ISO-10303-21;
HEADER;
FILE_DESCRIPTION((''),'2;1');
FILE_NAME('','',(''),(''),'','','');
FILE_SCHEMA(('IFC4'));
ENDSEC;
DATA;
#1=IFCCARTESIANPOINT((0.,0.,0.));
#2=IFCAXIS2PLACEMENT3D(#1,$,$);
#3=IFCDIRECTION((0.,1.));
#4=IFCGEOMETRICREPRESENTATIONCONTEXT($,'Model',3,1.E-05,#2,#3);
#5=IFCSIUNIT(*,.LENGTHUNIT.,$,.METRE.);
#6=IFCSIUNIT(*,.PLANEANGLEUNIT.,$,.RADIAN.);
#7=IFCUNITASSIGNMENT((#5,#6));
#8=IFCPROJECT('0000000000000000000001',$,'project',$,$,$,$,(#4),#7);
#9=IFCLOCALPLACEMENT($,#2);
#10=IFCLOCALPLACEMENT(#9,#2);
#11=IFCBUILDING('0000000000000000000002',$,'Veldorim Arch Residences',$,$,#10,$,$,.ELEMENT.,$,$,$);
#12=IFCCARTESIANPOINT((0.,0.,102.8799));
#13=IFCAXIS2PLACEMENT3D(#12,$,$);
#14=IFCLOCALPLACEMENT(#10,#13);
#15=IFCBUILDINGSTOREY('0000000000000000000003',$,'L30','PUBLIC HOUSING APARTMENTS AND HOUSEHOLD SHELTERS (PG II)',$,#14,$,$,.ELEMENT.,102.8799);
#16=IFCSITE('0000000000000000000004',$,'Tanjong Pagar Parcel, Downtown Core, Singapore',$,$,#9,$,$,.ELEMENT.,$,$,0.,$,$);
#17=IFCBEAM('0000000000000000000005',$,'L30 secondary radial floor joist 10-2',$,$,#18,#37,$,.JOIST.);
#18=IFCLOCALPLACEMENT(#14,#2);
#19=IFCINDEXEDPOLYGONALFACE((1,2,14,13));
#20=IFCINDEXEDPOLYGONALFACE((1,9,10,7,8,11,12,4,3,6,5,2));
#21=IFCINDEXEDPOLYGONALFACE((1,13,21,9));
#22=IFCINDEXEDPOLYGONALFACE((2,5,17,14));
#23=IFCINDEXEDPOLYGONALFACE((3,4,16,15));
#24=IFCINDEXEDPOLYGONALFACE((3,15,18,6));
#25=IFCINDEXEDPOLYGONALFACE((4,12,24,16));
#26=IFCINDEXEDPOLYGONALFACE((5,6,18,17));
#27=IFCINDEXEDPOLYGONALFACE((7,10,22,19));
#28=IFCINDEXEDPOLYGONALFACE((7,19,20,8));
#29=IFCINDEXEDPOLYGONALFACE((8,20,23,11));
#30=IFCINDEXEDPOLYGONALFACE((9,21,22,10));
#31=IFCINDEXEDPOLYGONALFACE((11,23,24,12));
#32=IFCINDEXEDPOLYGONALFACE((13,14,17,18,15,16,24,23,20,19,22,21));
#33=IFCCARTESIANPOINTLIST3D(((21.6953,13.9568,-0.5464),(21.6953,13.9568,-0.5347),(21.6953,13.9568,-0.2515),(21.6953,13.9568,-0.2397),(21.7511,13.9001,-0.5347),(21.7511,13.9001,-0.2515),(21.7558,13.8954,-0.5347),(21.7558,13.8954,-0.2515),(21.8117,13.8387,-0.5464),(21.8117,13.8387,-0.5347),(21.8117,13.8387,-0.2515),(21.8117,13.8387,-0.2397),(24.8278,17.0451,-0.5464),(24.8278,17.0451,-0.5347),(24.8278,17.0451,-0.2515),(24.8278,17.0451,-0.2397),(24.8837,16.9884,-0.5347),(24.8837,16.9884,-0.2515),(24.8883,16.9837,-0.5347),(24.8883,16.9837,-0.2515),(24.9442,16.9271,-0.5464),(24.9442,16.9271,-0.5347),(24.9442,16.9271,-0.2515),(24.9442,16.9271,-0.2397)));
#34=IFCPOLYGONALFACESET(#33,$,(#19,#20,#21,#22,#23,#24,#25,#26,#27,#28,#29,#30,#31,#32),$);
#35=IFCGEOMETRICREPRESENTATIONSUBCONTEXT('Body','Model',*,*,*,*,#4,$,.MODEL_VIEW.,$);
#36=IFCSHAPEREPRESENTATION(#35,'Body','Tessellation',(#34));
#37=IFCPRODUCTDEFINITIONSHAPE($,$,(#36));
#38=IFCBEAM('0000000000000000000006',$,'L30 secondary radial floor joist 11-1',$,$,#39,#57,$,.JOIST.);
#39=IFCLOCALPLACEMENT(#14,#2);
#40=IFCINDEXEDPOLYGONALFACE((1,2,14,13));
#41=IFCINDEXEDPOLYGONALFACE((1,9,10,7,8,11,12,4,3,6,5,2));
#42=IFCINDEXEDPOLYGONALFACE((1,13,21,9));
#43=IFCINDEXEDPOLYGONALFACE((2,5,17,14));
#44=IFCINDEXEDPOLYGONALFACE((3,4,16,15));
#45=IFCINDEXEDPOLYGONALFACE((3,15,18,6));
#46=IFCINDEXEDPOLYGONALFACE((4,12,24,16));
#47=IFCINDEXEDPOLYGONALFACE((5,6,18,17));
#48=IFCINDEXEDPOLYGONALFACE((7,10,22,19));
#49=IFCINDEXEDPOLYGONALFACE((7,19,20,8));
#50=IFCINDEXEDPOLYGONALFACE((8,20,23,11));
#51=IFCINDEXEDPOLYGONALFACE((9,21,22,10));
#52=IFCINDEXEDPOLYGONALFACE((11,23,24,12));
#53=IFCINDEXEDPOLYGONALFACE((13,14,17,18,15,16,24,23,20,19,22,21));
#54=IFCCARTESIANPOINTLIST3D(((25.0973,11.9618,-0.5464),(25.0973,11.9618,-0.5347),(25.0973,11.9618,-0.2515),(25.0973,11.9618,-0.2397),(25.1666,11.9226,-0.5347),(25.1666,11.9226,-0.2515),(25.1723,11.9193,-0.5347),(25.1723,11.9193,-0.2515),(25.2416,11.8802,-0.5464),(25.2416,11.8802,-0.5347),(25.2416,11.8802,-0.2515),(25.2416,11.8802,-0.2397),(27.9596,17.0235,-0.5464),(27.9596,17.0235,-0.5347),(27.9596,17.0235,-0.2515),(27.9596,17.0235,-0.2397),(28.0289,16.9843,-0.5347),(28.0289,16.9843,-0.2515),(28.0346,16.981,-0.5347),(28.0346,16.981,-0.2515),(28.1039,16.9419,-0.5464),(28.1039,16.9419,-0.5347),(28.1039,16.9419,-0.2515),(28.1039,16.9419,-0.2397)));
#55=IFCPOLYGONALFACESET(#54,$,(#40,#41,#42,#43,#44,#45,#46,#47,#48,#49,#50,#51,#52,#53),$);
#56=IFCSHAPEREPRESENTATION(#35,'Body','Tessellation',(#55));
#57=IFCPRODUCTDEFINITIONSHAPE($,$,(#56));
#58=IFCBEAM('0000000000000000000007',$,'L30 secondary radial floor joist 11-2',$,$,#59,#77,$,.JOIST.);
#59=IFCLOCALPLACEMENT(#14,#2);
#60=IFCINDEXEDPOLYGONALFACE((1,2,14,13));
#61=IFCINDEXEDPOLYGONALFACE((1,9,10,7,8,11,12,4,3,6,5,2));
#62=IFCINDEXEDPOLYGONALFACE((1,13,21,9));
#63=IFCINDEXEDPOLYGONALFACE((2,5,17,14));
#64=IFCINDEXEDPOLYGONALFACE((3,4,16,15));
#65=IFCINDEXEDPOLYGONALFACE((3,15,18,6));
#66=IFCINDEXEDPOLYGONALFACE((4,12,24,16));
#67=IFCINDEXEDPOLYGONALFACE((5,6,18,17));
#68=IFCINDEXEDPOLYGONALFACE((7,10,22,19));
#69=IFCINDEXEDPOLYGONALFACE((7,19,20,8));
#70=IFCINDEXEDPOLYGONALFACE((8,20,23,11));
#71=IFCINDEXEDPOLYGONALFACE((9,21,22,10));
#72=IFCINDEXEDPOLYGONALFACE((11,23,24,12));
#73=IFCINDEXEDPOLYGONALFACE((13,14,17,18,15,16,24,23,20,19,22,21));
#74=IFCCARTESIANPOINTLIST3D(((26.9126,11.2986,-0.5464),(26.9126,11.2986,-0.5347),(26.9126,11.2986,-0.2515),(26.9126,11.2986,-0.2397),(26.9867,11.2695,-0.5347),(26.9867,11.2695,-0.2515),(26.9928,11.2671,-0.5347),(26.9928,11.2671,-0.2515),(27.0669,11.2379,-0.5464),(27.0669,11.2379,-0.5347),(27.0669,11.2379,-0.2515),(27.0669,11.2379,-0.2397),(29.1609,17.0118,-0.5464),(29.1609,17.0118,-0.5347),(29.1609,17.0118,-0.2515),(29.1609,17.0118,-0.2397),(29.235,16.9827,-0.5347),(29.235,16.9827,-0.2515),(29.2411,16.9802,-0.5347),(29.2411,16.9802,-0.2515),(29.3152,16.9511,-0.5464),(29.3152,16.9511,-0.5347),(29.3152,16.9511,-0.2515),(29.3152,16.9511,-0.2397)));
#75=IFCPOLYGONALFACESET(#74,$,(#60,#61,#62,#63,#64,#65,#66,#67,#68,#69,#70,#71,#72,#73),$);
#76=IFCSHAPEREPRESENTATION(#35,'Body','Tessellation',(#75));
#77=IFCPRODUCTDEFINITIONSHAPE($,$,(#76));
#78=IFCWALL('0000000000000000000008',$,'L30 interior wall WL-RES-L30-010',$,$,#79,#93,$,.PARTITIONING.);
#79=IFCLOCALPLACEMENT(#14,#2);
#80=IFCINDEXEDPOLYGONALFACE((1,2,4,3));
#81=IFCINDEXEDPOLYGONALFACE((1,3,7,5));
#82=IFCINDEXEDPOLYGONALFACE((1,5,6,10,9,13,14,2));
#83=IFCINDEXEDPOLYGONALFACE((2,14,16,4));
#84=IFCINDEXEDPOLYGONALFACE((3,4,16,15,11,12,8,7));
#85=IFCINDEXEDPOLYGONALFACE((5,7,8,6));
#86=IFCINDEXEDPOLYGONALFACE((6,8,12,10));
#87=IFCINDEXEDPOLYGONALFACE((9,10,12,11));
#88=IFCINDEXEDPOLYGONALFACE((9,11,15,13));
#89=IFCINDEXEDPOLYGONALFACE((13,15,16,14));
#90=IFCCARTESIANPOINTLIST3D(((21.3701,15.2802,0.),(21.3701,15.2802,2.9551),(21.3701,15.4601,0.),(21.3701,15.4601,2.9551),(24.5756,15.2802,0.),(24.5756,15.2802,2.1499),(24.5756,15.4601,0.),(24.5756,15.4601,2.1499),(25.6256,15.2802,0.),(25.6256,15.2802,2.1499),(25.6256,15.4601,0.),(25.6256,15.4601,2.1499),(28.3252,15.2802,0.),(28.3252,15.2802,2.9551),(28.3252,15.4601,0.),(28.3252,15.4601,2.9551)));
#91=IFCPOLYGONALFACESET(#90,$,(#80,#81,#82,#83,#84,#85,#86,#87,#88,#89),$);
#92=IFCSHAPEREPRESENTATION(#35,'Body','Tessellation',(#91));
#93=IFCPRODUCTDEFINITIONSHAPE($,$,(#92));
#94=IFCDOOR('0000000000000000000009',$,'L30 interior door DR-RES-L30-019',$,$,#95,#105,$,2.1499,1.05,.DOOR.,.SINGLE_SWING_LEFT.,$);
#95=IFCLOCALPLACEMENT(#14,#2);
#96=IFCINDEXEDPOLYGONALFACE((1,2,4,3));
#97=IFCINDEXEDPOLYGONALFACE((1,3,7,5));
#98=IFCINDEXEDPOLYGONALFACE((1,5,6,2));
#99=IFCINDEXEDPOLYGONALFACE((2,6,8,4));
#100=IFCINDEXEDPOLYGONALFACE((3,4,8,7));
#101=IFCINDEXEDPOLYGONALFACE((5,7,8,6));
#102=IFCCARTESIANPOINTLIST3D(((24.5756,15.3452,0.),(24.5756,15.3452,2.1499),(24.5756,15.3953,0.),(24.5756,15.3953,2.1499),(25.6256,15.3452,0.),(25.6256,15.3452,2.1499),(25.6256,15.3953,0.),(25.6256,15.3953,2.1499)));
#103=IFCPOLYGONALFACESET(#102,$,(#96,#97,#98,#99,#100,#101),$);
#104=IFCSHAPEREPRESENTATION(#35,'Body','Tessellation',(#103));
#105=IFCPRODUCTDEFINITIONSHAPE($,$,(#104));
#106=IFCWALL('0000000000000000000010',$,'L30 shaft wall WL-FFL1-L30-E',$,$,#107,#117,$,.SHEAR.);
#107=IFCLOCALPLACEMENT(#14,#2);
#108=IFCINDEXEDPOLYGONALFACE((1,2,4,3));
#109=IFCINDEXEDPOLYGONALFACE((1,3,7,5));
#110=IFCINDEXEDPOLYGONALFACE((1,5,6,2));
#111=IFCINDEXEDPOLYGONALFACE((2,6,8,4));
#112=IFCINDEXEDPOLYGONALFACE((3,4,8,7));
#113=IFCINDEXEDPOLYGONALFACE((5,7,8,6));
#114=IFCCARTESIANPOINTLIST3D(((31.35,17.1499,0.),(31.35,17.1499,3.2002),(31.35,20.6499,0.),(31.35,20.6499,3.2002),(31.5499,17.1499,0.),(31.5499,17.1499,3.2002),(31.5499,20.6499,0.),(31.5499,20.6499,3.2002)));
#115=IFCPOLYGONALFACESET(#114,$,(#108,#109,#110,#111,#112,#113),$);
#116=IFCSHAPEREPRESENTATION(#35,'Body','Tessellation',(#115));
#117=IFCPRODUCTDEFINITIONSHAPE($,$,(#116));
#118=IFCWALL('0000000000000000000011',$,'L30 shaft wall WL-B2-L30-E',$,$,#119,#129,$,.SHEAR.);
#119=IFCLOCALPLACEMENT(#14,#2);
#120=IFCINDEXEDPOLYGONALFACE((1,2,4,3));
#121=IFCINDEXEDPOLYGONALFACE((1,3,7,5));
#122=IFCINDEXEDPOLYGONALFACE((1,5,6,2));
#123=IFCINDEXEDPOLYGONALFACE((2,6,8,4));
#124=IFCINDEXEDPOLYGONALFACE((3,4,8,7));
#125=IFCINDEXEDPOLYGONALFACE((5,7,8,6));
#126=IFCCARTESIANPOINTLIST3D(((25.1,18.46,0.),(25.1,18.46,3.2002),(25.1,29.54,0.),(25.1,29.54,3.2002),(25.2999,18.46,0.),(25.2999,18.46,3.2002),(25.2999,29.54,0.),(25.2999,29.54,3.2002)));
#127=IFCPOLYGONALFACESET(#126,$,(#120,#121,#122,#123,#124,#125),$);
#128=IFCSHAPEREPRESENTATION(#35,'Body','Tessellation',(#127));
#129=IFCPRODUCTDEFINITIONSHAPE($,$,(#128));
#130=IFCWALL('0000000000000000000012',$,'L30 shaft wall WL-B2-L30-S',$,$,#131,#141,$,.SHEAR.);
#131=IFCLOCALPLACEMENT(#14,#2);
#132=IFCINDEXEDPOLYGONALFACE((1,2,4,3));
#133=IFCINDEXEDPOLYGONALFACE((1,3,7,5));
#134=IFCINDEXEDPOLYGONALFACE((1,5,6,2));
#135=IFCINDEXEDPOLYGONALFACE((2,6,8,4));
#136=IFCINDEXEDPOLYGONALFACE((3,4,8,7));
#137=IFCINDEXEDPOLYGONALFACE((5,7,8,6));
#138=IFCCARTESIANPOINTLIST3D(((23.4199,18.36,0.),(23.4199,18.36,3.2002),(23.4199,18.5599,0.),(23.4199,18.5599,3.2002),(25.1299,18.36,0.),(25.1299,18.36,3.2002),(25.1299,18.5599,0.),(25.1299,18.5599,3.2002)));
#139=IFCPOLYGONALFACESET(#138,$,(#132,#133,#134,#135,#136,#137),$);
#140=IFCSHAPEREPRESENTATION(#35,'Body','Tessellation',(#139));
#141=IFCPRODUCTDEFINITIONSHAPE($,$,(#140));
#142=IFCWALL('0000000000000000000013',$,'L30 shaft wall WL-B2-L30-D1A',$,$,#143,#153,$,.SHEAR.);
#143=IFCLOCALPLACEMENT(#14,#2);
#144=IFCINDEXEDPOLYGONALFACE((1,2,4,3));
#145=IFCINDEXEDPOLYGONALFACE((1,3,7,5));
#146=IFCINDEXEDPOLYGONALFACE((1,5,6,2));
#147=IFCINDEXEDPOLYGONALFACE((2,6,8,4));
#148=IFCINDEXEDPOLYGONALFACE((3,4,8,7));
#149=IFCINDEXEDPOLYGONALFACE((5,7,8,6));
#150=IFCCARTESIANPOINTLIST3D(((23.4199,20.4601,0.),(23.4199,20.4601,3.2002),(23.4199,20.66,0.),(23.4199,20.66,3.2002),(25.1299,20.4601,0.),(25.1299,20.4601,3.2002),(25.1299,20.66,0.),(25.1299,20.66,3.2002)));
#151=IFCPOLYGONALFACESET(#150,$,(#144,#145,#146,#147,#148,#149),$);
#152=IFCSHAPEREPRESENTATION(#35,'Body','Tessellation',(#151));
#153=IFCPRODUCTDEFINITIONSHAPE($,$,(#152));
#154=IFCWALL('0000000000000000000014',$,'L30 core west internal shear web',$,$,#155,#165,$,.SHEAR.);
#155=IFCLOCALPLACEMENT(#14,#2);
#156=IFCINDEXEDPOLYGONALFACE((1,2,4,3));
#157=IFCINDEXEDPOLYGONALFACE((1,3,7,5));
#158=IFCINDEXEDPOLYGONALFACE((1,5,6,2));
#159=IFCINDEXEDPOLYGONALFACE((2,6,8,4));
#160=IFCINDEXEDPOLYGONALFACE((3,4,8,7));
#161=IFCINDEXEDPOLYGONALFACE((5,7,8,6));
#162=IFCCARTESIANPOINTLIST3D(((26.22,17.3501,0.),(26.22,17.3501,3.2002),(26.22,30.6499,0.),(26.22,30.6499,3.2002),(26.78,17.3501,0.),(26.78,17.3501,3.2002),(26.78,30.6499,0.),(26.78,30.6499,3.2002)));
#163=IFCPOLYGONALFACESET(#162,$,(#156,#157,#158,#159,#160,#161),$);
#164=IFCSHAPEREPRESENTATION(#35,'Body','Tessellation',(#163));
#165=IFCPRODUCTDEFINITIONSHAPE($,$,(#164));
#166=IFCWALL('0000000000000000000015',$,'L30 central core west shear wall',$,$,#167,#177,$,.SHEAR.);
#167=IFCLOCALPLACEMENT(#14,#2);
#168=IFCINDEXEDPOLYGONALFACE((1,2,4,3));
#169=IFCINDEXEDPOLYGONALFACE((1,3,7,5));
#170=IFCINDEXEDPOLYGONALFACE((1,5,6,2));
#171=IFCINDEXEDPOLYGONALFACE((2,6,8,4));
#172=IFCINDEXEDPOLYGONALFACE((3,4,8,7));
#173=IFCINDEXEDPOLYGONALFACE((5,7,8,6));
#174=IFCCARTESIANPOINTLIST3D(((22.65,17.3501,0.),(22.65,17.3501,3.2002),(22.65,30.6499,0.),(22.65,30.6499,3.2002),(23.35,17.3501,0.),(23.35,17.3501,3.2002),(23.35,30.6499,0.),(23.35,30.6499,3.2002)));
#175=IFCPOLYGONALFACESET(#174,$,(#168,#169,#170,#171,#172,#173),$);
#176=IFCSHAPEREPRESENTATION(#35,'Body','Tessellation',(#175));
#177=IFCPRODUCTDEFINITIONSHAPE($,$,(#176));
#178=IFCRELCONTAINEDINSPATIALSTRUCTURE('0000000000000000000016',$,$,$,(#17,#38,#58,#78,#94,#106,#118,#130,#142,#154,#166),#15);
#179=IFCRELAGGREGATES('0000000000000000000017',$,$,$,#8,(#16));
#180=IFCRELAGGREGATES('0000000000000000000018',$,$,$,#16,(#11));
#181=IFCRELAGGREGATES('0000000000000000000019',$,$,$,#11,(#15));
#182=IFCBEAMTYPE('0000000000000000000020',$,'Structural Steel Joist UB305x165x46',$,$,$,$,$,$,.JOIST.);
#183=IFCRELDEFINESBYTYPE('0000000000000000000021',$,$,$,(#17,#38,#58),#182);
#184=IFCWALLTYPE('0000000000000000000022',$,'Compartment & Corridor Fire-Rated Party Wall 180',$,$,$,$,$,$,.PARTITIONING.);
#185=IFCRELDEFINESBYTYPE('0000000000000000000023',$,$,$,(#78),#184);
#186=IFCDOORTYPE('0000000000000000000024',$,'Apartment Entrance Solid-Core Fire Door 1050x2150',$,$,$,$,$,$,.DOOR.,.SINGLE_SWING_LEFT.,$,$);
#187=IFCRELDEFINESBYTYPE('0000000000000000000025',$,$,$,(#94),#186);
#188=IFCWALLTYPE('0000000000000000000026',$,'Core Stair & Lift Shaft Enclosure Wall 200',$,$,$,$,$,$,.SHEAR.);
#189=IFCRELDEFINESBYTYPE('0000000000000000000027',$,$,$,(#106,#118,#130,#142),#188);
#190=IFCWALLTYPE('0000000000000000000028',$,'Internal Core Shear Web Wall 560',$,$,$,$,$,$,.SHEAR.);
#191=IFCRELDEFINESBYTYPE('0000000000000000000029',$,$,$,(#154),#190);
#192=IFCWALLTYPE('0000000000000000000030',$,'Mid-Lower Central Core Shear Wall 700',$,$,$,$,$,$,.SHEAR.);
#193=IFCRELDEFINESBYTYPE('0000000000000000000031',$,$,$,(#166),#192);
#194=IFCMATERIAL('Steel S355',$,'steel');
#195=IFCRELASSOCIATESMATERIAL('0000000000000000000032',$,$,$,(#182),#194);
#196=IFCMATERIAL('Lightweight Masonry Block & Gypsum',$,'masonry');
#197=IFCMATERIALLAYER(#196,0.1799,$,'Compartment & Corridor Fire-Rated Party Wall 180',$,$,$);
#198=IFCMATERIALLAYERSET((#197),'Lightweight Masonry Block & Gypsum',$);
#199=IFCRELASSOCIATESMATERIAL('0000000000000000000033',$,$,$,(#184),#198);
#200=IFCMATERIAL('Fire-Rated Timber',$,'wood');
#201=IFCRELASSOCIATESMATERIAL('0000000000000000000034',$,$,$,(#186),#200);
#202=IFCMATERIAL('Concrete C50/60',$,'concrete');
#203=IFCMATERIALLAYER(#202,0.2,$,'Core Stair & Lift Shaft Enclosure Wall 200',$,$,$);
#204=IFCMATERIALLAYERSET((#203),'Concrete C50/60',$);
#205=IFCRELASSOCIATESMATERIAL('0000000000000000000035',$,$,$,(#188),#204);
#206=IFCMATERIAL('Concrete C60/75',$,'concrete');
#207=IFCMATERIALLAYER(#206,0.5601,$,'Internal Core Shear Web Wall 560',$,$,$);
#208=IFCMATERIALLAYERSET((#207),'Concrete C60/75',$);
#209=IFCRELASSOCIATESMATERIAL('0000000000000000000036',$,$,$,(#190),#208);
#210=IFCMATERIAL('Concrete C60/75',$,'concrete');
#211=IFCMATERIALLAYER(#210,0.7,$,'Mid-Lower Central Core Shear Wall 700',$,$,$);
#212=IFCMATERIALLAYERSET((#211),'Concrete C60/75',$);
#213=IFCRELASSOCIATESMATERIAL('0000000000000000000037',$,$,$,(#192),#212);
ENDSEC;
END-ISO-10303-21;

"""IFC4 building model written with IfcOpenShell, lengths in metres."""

from ifc_helpers import new_model, si_unit, direction, frame, frame_2d, origin, origin_2d, place, context, subcontext, project, spatial, rectangle, i_section, extrude, material, layer, layer_set, material_profile, profile_set, type_object, element, fill, save


model = new_model("IFC4")

# Units and contexts
model_context = context("Model", 3, precision=1e-05, world=origin(), true_north=direction((0.0, 1.0)))
body_context = subcontext(model_context, "Body", "Model", "MODEL_VIEW")
ifc_project = project(units=[si_unit("LENGTHUNIT", "METRE"), si_unit("PLANEANGLEUNIT", "RADIAN")], contexts=[model_context])

# Site, building, storey
site_placement = place(None, origin())
site = spatial("IfcSite", under=ifc_project, at=site_placement, Name="Tanjong Pagar Parcel, Downtown Core, Singapore", CompositionType="ELEMENT", RefElevation=0.0)
building_placement = place(site_placement, origin())
building = spatial("IfcBuilding", under=site, at=building_placement, Name="Veldorim Arch Residences", CompositionType="ELEMENT")
storey_placement = place(building_placement, frame((0.0, 0.0, 102.8799)))
storey = spatial("IfcBuildingStorey", under=building, at=storey_placement, Name="L30", Description="PUBLIC HOUSING APARTMENTS AND HOUSEHOLD SHELTERS (PG II)", CompositionType="ELEMENT", Elevation=102.8799)

# Beams
ifc_material_1 = material(Name="Steel S355", Category="steel")
ifc_material_profile_1 = material_profile(ifc_material_1, i_section(OverallWidth=0.1658, OverallDepth=0.3066, WebThickness=0.0066, FlangeThickness=0.0117, at=origin_2d()), Name="UB305x165x46")
ifc_profile_set_1 = profile_set([ifc_material_profile_1], Name="Steel S355")
beam_type_1 = type_object("IfcBeamType", Name="Structural Steel Joist UB305x165x46", PredefinedType="JOIST", material=ifc_profile_set_1)
beam_1_placement = place(storey_placement, frame((24.886, 16.9861, -0.3931), z_axis=(-0.712112, -0.702066, 0.0), x_axis=(0.702066, -0.712112, 0.0)))
element("IfcBeam", 1, at=beam_1_placement, inside=storey, type_object=beam_type_1, Name="L30 secondary radial floor joist 10-2", PredefinedType="JOIST", context=body_context, shape_type="SweptSolid", body=[
    extrude(i_section(OverallWidth=0.1658, OverallDepth=0.3066, WebThickness=0.0066, FlangeThickness=0.0117, at=origin_2d()), origin(), (0.0, 0.0, 1.0), 4.3989),
])
beam_2_placement = place(storey_placement, frame((28.0317, 16.9827, -0.3931), z_axis=(-0.492227, -0.870467, 0.0), x_axis=(0.870467, -0.492227, 0.0)))
element("IfcBeam", 2, at=beam_2_placement, inside=storey, type_object=beam_type_1, Name="L30 secondary radial floor joist 11-1", PredefinedType="JOIST", context=body_context, shape_type="SweptSolid", body=[
    extrude(i_section(OverallWidth=0.1658, OverallDepth=0.3066, WebThickness=0.0066, FlangeThickness=0.0117, at=origin_2d()), origin(), (0.0, 0.0, 1.0), 5.8149),
])
beam_3_placement = place(storey_placement, frame((29.238, 16.9814, -0.3931), z_axis=(-0.366195, -0.930538, 0.0), x_axis=(0.930538, -0.366195, 0.0)))
element("IfcBeam", 3, at=beam_3_placement, inside=storey, type_object=beam_type_1, Name="L30 secondary radial floor joist 11-2", PredefinedType="JOIST", context=body_context, shape_type="SweptSolid", body=[
    extrude(i_section(OverallWidth=0.1658, OverallDepth=0.3066, WebThickness=0.0066, FlangeThickness=0.0117, at=origin_2d()), origin(), (0.0, 0.0, 1.0), 6.1396),
])

# Wall, opening, door
ifc_material_2 = material(Name="Lightweight Masonry Block & Gypsum", Category="masonry")
ifc_layer_1 = layer(ifc_material_2, 0.1799, Name="Compartment & Corridor Fire-Rated Party Wall 180")
ifc_layer_set_1 = layer_set([ifc_layer_1], Name="Lightweight Masonry Block & Gypsum")
wall_type_1 = type_object("IfcWallType", Name="Compartment & Corridor Fire-Rated Party Wall 180", PredefinedType="PARTITIONING", material=ifc_layer_set_1)
wall_1_placement = place(storey_placement, frame((28.3252, 15.3701, 0.0), z_axis=(0.0, 0.0, 1.0), x_axis=(-1.0, 0.0, 0.0)))
wall_1 = element("IfcWall", 4, at=wall_1_placement, inside=storey, type_object=wall_type_1, Name="L30 interior wall WL-RES-L30-010", PredefinedType="PARTITIONING", context=body_context, shape_type="SweptSolid", body=[
    extrude(rectangle(XDim=6.9551, YDim=0.1799, at=frame_2d((3.4775, 0.0))), origin(), (0.0, 0.0, 1.0), 2.9551),
])
opening_1_placement = place(wall_1_placement, frame((2.6997, 0.0, 0.0)))
opening_1 = element("IfcOpeningElement", 5, at=opening_1_placement, cuts=wall_1, PredefinedType="OPENING", context=body_context, shape_type="SweptSolid", body=[
    extrude(rectangle(XDim=1.05, YDim=2.1499, at=frame_2d((0.5249, 1.075))), frame((0.0, 0.0999, 0.0), z_axis=(0.0, -1.0, 0.0), x_axis=(1.0, 0.0, 0.0)), (0.0, 0.0, 1.0), 0.2),
])
ifc_material_3 = material(Name="Fire-Rated Timber", Category="wood")
door_type_1 = type_object("IfcDoorType", Name="Apartment Entrance Solid-Core Fire Door 1050x2150", OperationType="SINGLE_SWING_LEFT", PredefinedType="DOOR", material=ifc_material_3)
door_1_placement = place(opening_1_placement, origin())
door_1 = element("IfcDoor", 6, at=door_1_placement, inside=storey, type_object=door_type_1, Name="L30 interior door DR-RES-L30-019", OperationType="SINGLE_SWING_LEFT", OverallHeight=2.1499, OverallWidth=1.05, PredefinedType="DOOR", context=body_context, shape_type="SweptSolid", body=[
    extrude(rectangle(XDim=1.05, YDim=2.1499, at=frame_2d((0.5249, 1.075))), frame((0.0, 0.0249, 0.0), z_axis=(0.0, -1.0, 0.0), x_axis=(1.0, 0.0, 0.0)), (0.0, 0.0, 1.0), 0.05),
])
fill(opening_1, door_1)
ifc_material_4 = material(Name="Concrete C50/60", Category="concrete")
ifc_layer_2 = layer(ifc_material_4, 0.2, Name="Core Stair & Lift Shaft Enclosure Wall 200")
ifc_layer_set_2 = layer_set([ifc_layer_2], Name="Concrete C50/60")
wall_type_2 = type_object("IfcWallType", Name="Core Stair & Lift Shaft Enclosure Wall 200", PredefinedType="SHEAR", material=ifc_layer_set_2)

# Wall
wall_2_placement = place(storey_placement, frame((31.45, 17.1499, 0.0), z_axis=(0.0, 0.0, 1.0), x_axis=(0.0, 1.0, 0.0)))
element("IfcWall", 7, at=wall_2_placement, inside=storey, type_object=wall_type_2, Name="L30 shaft wall WL-FFL1-L30-E", PredefinedType="SHEAR", context=body_context, shape_type="SweptSolid", body=[
    extrude(rectangle(XDim=3.5, YDim=0.2, at=frame_2d((1.75, 0.0))), origin(), (0.0, 0.0, 1.0), 3.2002),
])

# Walls
wall_3_placement = place(storey_placement, frame((25.2, 18.46, 0.0), z_axis=(0.0, 0.0, 1.0), x_axis=(0.0, 1.0, 0.0)))
element("IfcWall", 8, at=wall_3_placement, inside=storey, type_object=wall_type_2, Name="L30 shaft wall WL-B2-L30-E", PredefinedType="SHEAR", context=body_context, shape_type="SweptSolid", body=[
    extrude(rectangle(XDim=11.0801, YDim=0.2, at=frame_2d((5.54, 0.0))), origin(), (0.0, 0.0, 1.0), 3.2002),
])
for number, where, z_axis, x_axis, name in (
    (9, (23.4199, 18.46, 0.0), (0.0, 0.0, 1.0), (1.0, 0.0, 0.0), "L30 shaft wall WL-B2-L30-S"),
    (10, (23.4199, 20.5601, 0.0), (0.0, 0.0, 1.0), (1.0, 0.0, 0.0), "L30 shaft wall WL-B2-L30-D1A"),
):
    element("IfcWall", number, at=place(storey_placement, frame(where, z_axis=z_axis, x_axis=x_axis)), inside=storey, type_object=wall_type_2, Name=name, PredefinedType="SHEAR", context=body_context, shape_type="SweptSolid", body=[
        extrude(rectangle(XDim=1.71, YDim=0.2, at=frame_2d((0.855, 0.0))), origin(), (0.0, 0.0, 1.0), 3.2002),
    ])
ifc_material_5 = material(Name="Concrete C60/75", Category="concrete")
ifc_layer_3 = layer(ifc_material_5, 0.5601, Name="Internal Core Shear Web Wall 560")
ifc_layer_set_3 = layer_set([ifc_layer_3], Name="Concrete C60/75")
wall_type_3 = type_object("IfcWallType", Name="Internal Core Shear Web Wall 560", PredefinedType="SHEAR", material=ifc_layer_set_3)
wall_4_placement = place(storey_placement, frame((26.5, 17.3501, 0.0), z_axis=(0.0, 0.0, 1.0), x_axis=(0.0, 1.0, 0.0)))
element("IfcWall", 11, at=wall_4_placement, inside=storey, type_object=wall_type_3, Name="L30 core west internal shear web", PredefinedType="SHEAR", context=body_context, shape_type="SweptSolid", body=[
    extrude(rectangle(XDim=13.2998, YDim=0.5601, at=frame_2d((6.6499, 0.0))), origin(), (0.0, 0.0, 1.0), 3.2002),
])
ifc_material_6 = material(Name="Concrete C60/75", Category="concrete")
ifc_layer_4 = layer(ifc_material_6, 0.7, Name="Mid-Lower Central Core Shear Wall 700")
ifc_layer_set_4 = layer_set([ifc_layer_4], Name="Concrete C60/75")
wall_type_4 = type_object("IfcWallType", Name="Mid-Lower Central Core Shear Wall 700", PredefinedType="SHEAR", material=ifc_layer_set_4)
wall_5_placement = place(storey_placement, frame((23.0, 17.3501, 0.0), z_axis=(0.0, 0.0, 1.0), x_axis=(0.0, 1.0, 0.0)))
element("IfcWall", 12, at=wall_5_placement, inside=storey, type_object=wall_type_4, Name="L30 central core west shear wall", PredefinedType="SHEAR", context=body_context, shape_type="SweptSolid", body=[
    extrude(rectangle(XDim=13.2998, YDim=0.7, at=frame_2d((6.6499, 0.0))), origin(), (0.0, 0.0, 1.0), 3.2002),
])

save(model, "model.ifc")
